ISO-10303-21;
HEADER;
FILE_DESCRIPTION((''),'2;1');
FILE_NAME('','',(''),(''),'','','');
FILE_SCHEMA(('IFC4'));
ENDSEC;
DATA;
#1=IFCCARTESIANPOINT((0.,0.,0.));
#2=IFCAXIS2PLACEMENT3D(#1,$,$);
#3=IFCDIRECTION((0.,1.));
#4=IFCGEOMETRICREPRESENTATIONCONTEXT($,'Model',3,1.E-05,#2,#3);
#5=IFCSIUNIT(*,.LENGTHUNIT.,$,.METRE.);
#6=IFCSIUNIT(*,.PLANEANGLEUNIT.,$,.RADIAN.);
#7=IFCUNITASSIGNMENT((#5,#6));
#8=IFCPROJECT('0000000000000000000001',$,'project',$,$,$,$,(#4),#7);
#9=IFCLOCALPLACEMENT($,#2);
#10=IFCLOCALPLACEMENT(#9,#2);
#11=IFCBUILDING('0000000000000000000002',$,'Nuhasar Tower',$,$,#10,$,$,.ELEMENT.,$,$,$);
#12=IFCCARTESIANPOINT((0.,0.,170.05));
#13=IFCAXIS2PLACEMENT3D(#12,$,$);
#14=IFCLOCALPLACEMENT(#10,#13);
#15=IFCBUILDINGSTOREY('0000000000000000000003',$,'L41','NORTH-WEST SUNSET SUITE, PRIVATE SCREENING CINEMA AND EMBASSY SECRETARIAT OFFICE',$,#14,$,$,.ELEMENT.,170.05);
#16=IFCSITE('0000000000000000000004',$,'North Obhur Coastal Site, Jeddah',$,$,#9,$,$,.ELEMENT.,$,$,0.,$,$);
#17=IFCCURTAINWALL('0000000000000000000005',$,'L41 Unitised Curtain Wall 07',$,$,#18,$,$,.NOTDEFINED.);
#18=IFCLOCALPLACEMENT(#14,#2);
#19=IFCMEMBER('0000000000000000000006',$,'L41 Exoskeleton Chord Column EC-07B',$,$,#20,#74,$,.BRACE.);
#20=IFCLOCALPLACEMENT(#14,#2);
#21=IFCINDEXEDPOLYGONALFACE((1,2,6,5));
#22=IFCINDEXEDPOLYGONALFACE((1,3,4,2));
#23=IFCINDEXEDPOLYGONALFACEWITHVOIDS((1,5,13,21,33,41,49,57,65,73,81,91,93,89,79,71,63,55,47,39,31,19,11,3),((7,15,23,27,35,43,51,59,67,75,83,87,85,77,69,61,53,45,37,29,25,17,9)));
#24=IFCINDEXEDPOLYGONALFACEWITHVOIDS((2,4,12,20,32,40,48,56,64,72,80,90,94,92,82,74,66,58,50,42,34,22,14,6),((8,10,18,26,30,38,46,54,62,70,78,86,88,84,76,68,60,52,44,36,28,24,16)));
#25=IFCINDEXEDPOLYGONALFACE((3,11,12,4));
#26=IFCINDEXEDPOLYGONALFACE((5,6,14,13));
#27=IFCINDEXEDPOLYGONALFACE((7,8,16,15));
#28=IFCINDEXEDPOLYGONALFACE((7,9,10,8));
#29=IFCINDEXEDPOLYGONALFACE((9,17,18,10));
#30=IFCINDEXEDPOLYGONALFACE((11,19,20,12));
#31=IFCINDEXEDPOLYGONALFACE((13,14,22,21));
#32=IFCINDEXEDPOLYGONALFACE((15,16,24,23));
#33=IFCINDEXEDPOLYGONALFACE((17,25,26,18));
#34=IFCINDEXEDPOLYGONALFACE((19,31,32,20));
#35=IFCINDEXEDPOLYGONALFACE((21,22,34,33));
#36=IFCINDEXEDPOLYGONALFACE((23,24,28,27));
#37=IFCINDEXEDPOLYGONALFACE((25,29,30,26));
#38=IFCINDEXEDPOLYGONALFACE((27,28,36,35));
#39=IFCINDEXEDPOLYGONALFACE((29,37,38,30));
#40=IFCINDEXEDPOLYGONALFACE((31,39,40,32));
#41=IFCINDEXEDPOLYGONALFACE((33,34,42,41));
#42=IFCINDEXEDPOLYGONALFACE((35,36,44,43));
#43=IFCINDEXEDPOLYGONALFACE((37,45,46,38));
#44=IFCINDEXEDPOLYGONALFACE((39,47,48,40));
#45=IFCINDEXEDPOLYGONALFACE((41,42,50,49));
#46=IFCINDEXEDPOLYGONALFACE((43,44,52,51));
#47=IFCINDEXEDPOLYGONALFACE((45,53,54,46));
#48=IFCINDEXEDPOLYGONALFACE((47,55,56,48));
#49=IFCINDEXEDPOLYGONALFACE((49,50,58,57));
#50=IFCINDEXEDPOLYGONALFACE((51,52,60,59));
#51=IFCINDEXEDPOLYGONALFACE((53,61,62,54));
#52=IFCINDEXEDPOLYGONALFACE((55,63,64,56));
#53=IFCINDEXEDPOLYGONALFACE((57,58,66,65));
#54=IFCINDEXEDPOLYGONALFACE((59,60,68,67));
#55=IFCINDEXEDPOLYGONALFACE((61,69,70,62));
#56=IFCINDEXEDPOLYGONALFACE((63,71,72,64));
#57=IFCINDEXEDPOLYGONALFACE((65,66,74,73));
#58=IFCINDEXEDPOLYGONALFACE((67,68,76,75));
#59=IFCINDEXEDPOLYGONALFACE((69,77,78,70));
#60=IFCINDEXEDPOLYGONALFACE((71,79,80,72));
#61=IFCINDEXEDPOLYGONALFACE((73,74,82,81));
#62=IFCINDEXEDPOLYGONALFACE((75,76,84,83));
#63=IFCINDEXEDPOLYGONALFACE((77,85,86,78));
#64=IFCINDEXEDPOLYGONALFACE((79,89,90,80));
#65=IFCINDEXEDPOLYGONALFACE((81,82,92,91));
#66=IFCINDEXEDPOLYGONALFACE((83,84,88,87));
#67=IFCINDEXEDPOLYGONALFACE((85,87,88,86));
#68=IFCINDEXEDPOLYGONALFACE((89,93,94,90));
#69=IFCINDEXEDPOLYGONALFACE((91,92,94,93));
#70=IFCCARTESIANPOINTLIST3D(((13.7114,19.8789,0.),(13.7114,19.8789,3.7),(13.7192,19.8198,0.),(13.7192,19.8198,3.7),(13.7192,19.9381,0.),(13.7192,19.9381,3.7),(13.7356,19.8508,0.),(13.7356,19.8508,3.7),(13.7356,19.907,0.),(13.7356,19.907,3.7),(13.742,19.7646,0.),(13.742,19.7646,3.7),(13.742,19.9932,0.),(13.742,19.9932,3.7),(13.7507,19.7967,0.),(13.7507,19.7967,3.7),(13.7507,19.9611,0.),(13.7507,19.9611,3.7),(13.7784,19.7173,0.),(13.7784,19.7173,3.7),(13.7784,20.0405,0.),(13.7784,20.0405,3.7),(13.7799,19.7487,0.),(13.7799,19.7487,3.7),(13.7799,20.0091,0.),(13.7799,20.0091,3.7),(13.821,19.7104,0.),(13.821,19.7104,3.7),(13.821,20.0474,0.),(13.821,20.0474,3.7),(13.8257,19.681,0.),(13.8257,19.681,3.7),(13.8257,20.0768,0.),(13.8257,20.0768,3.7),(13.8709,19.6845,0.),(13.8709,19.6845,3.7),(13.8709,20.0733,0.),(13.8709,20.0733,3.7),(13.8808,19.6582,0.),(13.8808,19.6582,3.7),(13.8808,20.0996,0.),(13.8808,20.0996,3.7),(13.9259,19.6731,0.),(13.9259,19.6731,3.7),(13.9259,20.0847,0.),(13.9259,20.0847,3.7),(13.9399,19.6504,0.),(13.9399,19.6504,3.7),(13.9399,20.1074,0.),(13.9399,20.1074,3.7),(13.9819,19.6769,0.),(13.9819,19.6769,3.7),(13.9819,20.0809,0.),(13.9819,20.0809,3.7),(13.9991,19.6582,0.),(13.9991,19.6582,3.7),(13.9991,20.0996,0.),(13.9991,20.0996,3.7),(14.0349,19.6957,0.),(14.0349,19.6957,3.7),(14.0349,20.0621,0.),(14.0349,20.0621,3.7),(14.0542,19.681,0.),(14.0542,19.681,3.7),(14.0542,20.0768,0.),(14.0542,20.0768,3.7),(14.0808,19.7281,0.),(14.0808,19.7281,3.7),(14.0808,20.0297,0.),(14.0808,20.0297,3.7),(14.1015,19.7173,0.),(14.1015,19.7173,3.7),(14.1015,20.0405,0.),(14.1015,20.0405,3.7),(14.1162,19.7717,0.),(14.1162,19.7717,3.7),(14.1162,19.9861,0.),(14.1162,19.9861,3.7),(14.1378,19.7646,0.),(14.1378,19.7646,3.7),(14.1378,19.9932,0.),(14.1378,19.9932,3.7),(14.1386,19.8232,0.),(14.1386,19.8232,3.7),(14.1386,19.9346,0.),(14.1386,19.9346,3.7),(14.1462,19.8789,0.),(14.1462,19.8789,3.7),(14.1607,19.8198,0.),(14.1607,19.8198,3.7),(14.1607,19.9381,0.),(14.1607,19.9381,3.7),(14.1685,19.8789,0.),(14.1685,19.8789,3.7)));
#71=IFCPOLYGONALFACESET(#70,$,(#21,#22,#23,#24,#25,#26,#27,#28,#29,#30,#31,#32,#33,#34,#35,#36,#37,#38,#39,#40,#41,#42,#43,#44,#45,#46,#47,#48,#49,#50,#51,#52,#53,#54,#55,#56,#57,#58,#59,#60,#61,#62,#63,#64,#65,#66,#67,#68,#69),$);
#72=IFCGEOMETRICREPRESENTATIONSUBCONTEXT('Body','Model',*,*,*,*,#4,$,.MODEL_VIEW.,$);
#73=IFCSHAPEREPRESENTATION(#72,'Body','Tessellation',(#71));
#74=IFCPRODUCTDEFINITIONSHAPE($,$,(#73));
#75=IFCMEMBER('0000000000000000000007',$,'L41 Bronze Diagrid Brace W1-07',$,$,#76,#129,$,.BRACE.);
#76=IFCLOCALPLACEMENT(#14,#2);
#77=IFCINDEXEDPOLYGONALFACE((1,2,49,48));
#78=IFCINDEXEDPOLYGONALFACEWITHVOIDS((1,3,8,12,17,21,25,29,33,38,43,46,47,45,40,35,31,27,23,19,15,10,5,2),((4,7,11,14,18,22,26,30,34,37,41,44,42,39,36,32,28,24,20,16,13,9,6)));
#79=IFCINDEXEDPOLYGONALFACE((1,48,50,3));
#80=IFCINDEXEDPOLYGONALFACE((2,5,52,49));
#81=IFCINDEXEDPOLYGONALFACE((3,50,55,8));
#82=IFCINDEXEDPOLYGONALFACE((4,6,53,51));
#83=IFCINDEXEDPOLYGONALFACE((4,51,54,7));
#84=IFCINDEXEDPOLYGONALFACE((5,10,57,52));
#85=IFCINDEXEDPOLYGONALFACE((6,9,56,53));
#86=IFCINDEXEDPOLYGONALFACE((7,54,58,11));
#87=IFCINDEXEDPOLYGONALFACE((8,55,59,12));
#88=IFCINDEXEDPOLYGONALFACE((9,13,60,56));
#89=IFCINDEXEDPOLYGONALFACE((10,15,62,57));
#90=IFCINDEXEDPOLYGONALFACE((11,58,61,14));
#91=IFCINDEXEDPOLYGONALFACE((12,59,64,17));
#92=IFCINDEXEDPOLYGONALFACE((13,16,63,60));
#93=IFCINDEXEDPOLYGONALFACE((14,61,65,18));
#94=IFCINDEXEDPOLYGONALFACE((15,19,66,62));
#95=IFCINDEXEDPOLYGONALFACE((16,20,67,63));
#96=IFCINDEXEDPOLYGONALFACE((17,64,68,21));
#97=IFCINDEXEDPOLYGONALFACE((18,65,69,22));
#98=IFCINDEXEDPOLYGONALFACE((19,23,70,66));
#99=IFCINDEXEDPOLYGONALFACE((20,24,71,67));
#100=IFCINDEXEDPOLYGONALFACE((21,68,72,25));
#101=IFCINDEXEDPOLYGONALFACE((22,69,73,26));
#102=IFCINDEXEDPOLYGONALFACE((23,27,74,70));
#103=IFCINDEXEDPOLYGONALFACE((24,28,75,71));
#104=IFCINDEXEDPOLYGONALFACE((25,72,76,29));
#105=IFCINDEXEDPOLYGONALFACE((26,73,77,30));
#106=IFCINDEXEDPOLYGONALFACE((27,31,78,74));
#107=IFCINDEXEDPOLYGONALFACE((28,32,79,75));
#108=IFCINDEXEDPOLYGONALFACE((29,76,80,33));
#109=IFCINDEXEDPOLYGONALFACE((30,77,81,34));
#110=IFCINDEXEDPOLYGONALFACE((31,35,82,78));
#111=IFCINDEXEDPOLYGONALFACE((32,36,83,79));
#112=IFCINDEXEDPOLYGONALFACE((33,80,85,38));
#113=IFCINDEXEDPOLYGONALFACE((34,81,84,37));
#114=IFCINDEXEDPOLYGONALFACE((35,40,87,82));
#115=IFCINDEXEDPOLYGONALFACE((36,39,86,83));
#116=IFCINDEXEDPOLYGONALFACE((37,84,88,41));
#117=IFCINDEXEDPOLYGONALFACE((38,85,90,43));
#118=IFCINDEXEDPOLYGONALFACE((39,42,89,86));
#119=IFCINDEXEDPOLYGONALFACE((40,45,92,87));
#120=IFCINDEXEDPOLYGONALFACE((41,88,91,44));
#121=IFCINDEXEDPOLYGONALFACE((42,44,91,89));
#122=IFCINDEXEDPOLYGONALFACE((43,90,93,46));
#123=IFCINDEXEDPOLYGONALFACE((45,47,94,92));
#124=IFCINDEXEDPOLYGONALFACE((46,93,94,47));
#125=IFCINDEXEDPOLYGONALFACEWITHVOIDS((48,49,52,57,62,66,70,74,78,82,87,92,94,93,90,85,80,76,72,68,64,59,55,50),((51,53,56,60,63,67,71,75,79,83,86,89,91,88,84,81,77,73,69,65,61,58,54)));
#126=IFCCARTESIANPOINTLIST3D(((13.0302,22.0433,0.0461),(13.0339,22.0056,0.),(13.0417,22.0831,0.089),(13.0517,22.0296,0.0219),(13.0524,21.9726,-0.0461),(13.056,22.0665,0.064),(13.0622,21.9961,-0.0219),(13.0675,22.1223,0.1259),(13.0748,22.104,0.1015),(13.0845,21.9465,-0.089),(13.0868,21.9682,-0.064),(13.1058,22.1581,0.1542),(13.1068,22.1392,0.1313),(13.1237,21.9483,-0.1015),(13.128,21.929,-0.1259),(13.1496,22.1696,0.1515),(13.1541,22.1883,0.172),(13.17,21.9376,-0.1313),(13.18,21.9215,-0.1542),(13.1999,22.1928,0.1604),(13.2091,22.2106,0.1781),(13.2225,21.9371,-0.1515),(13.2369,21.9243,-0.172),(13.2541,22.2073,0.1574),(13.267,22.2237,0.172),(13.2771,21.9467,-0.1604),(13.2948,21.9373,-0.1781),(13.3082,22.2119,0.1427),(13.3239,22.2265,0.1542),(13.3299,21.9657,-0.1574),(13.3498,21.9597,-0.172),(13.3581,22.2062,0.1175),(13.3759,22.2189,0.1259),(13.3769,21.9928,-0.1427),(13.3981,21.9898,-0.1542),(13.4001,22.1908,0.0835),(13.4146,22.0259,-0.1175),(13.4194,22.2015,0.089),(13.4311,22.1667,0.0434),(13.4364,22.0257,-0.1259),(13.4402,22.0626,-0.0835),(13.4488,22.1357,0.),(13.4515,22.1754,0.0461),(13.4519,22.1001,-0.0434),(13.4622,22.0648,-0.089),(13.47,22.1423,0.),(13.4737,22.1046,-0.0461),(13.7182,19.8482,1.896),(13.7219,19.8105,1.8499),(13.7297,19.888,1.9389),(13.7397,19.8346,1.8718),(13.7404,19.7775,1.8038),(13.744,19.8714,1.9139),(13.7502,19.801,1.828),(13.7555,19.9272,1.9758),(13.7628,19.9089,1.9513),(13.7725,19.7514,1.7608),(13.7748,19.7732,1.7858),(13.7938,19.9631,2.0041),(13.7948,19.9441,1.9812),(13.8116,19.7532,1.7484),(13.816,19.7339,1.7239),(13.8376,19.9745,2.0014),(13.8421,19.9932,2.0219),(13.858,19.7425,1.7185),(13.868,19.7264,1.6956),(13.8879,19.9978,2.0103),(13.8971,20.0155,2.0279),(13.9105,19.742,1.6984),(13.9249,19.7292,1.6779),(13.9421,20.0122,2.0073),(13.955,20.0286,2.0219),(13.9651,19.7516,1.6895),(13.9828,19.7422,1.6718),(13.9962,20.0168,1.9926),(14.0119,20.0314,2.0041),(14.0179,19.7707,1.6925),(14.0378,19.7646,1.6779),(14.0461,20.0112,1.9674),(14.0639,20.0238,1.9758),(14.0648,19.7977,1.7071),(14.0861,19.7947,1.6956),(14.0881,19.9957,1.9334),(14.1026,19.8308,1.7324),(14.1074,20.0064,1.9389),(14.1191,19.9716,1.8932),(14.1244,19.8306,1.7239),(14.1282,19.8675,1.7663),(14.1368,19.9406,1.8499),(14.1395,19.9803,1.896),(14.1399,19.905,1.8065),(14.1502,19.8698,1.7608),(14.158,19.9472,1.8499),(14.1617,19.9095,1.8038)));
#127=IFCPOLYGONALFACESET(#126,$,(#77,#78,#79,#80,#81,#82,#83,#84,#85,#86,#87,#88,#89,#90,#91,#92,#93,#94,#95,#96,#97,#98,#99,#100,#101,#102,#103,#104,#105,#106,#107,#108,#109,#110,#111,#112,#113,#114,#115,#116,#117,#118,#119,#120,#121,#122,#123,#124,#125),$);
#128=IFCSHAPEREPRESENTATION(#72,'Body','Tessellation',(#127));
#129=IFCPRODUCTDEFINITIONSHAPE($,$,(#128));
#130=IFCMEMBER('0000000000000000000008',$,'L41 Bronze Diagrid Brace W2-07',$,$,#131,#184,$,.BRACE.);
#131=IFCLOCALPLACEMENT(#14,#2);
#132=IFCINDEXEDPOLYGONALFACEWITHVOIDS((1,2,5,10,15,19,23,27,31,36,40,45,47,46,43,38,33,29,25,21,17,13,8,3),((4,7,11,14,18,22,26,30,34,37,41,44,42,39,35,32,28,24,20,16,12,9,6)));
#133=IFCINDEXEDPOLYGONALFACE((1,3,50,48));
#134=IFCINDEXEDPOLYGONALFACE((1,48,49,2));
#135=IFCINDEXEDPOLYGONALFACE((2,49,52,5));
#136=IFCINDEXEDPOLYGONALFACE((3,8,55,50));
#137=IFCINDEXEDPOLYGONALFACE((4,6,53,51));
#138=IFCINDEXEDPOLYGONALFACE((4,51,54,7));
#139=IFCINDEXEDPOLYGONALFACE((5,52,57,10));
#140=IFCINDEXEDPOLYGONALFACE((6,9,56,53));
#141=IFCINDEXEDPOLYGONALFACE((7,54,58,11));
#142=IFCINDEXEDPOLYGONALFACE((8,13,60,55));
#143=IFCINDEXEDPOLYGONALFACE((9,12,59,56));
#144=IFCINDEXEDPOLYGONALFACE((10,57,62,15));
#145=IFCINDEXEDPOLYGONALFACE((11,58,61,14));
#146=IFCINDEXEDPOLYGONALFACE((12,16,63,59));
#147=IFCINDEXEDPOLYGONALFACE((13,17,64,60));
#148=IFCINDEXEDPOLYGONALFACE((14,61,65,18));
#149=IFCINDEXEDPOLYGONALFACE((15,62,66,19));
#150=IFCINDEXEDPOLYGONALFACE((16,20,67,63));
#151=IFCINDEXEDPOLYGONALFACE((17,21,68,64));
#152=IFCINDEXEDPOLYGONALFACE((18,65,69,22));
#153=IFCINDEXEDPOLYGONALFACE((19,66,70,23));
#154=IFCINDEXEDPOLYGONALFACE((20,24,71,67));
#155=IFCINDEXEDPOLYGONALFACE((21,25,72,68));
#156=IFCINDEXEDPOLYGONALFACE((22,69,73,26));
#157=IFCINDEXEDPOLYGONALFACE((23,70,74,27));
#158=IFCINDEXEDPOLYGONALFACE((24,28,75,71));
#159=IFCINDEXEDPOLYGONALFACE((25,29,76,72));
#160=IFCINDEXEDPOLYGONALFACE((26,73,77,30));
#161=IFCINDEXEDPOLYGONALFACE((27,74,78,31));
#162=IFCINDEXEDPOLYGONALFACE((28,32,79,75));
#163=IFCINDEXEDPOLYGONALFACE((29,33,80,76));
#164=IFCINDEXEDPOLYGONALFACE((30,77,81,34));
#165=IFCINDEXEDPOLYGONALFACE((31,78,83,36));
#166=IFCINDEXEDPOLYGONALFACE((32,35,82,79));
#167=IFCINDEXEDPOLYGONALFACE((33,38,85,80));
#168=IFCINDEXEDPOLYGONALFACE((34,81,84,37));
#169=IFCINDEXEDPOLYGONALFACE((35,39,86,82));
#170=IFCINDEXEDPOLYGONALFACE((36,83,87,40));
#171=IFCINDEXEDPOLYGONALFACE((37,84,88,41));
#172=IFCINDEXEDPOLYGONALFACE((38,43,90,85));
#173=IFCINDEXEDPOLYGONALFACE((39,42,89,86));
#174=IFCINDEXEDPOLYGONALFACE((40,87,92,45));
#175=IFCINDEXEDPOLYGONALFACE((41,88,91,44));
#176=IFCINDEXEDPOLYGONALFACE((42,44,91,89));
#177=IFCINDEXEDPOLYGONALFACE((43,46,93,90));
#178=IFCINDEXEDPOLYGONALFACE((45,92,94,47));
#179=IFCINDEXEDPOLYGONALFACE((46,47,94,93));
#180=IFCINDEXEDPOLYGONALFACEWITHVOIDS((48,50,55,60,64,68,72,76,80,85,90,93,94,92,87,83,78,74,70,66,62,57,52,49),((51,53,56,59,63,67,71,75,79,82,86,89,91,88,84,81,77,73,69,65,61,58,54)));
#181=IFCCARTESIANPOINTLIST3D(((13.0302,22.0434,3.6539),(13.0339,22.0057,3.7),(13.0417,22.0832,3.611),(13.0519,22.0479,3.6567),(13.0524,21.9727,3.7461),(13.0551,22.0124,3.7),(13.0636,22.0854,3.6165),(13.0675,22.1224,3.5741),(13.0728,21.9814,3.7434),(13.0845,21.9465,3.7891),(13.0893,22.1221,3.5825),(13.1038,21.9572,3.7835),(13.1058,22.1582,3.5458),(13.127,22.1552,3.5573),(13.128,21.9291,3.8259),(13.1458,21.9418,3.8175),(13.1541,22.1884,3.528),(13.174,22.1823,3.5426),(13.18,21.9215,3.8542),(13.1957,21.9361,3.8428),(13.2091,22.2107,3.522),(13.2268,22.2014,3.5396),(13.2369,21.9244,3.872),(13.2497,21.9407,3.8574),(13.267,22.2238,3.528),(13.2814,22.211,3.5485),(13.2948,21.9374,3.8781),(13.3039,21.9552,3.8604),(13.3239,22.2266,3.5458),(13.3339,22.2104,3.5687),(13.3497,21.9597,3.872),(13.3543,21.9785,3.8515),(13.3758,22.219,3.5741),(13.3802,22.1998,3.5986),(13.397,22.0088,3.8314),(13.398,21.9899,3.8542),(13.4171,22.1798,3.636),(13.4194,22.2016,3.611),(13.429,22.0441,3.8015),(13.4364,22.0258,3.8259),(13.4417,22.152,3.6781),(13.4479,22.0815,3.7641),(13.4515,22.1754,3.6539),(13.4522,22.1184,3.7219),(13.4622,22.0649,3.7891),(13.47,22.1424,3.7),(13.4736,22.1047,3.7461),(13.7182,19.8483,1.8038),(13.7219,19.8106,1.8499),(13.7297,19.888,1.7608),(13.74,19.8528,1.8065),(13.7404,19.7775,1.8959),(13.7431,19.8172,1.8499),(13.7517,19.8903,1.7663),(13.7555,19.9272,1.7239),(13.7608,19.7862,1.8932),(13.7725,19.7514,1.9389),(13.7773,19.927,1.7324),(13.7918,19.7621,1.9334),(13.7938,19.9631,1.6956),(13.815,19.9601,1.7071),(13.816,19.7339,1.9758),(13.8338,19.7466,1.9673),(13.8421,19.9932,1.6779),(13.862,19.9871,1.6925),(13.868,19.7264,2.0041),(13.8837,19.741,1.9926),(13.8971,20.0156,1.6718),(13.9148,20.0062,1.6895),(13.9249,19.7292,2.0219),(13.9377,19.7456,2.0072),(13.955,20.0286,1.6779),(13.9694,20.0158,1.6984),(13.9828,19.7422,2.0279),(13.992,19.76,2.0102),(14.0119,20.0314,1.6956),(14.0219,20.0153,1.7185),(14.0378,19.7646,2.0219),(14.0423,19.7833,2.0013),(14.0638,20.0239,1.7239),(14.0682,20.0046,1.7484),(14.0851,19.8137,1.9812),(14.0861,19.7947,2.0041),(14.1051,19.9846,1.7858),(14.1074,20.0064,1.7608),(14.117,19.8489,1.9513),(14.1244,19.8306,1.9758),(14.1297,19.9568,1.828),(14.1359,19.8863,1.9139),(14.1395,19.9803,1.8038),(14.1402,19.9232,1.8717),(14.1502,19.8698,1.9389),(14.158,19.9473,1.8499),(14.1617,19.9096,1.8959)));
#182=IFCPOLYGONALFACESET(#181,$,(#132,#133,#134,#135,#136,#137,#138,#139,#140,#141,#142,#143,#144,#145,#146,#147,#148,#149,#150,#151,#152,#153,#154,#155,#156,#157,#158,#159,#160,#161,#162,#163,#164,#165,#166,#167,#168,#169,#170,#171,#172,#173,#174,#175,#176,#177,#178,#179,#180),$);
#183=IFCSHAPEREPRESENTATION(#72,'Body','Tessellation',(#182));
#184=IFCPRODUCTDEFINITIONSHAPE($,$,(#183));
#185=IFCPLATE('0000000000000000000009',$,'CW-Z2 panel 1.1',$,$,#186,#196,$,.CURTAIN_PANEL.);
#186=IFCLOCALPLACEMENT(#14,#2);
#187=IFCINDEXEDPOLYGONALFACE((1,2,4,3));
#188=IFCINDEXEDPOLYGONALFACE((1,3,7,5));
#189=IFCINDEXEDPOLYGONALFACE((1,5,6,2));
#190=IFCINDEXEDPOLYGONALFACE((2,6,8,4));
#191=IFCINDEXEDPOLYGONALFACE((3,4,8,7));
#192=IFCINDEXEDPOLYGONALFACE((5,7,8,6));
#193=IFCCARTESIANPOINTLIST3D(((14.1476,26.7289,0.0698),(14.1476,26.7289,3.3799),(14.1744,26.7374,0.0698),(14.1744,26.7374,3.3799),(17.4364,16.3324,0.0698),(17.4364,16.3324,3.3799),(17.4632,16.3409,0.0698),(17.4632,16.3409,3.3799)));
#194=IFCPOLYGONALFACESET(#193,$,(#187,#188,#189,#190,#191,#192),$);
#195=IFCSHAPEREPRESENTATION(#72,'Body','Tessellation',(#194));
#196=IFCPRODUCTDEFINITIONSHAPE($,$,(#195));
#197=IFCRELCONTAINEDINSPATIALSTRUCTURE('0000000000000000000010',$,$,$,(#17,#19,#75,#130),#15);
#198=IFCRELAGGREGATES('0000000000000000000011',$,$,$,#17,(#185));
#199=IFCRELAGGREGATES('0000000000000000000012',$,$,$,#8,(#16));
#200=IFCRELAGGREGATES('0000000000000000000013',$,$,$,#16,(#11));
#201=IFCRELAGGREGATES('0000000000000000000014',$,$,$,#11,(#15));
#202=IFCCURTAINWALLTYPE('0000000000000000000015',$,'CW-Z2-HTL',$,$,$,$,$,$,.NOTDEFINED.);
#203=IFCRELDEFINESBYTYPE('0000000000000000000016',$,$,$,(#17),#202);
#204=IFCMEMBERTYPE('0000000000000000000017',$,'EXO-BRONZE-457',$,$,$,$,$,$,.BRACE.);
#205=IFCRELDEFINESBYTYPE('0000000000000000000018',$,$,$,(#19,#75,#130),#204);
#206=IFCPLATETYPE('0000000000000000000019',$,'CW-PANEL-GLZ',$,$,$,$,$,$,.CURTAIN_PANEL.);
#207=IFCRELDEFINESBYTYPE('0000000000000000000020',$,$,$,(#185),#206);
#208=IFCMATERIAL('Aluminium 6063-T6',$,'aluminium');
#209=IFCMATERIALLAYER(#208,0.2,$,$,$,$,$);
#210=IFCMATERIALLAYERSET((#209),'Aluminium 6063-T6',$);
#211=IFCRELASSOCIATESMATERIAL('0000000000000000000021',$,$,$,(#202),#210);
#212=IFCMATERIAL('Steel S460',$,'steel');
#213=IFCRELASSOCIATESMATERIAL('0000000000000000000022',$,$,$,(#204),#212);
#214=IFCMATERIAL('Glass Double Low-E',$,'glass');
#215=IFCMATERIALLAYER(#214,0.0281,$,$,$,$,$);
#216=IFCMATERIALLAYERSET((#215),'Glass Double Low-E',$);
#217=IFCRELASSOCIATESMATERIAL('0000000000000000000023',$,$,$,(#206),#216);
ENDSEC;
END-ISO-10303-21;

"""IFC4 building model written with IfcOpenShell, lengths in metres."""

from ifc_helpers import new_model, si_unit, direction, frame, origin, origin_2d, place, context, subcontext, project, spatial, rectangle, hollow_circle, extrude, material, layer, layer_set, material_profile, profile_set, type_object, element, aggregate, save


model = new_model("IFC4")

# Units and contexts
model_context = context("Model", 3, precision=1e-05, world=origin(), true_north=direction((0.0, 1.0)))
body_context = subcontext(model_context, "Body", "Model", "MODEL_VIEW")
ifc_project = project(units=[si_unit("LENGTHUNIT", "METRE"), si_unit("PLANEANGLEUNIT", "RADIAN")], contexts=[model_context])

# Site, building, storey
site_placement = place(None, origin())
site = spatial("IfcSite", under=ifc_project, at=site_placement, Name="North Obhur Coastal Site, Jeddah", CompositionType="ELEMENT", RefElevation=0.0)
building_placement = place(site_placement, origin())
building = spatial("IfcBuilding", under=site, at=building_placement, Name="Nuhasar Tower", CompositionType="ELEMENT")
storey_placement = place(building_placement, frame((0.0, 0.0, 170.05)))
storey = spatial("IfcBuildingStorey", under=building, at=storey_placement, Name="L41", Description="NORTH-WEST SUNSET SUITE, PRIVATE SCREENING CINEMA AND EMBASSY SECRETARIAT OFFICE", CompositionType="ELEMENT", Elevation=170.05)

# Curtain wall
ifc_material_1 = material(Name="Aluminium 6063-T6", Category="aluminium")
ifc_layer_1 = layer(ifc_material_1, 0.2)
ifc_layer_set_1 = layer_set([ifc_layer_1], Name="Aluminium 6063-T6")
curtain_wall_type = type_object("IfcCurtainWallType", Name="CW-Z2-HTL", PredefinedType="NOTDEFINED", material=ifc_layer_set_1)
curtain_wall_1_placement = place(storey_placement, origin())
curtain_wall_1 = element("IfcCurtainWall", 1, at=curtain_wall_1_placement, inside=storey, type_object=curtain_wall_type, Name="L41 Unitised Curtain Wall 07", PredefinedType="NOTDEFINED")

# Members
ifc_material_2 = material(Name="Steel S460", Category="steel")
ifc_material_profile_1 = material_profile(ifc_material_2, hollow_circle(Radius=0.2285, WallThickness=0.0222, at=origin_2d()), Name="HSS457X22.2")
ifc_profile_set_1 = profile_set([ifc_material_profile_1], Name="Steel S460")
member_type_1 = type_object("IfcMemberType", Name="EXO-BRONZE-457", PredefinedType="BRACE", material=ifc_profile_set_1)
for number, where, z_axis, x_axis, name in (
    (2, (13.9399, 19.8789, 0.0), (0.0, 0.0, 1.0), (1.0, 0.0, 0.0), "L41 Exoskeleton Chord Column EC-07B"),
):
    element("IfcMember", number, at=place(storey_placement, frame(where, z_axis=z_axis, x_axis=x_axis)), inside=storey, type_object=member_type_1, Name=name, PredefinedType="BRACE", context=body_context, shape_type="SweptSolid", body=[
        extrude(hollow_circle(Radius=0.2285, WallThickness=0.0222, at=origin_2d()), origin(), (0.0, 0.0, 1.0), 3.7),
    ])
member_1_placement = place(storey_placement, frame((13.252, 22.074, 0.0), z_axis=(0.233068, -0.743616, 0.626669), x_axis=(0.954228, 0.299079, 0.0)))
element("IfcMember", 3, at=member_1_placement, inside=storey, type_object=member_type_1, Name="L41 Bronze Diagrid Brace W1-07", PredefinedType="BRACE", context=body_context, shape_type="SweptSolid", body=[
    extrude(hollow_circle(Radius=0.2285, WallThickness=0.0222, at=origin_2d()), origin(), (0.0, 0.0, 1.0), 2.9519),
])
member_2_placement = place(storey_placement, frame((13.9399, 19.8789, 1.8499), z_axis=(-0.233056, 0.743578, 0.626719), x_axis=(-0.954228, -0.299079, 0.0)))
element("IfcMember", 4, at=member_2_placement, inside=storey, type_object=member_type_1, Name="L41 Bronze Diagrid Brace W2-07", PredefinedType="BRACE", context=body_context, shape_type="SweptSolid", body=[
    extrude(hollow_circle(Radius=0.2285, WallThickness=0.0222, at=origin_2d()), origin(), (0.0, 0.0, 1.0), 2.9521),
])

# Plate
ifc_material_3 = material(Name="Glass Double Low-E", Category="glass")
ifc_layer_2 = layer(ifc_material_3, 0.0281)
ifc_layer_set_2 = layer_set([ifc_layer_2], Name="Glass Double Low-E")
plate_type = type_object("IfcPlateType", Name="CW-PANEL-GLZ", PredefinedType="CURTAIN_PANEL", material=ifc_layer_set_2)
plate_placement = place(storey_placement, frame((15.8054, 21.5349, 0.0698), z_axis=(0.0, 0.0, 1.0), x_axis=(0.301604, -0.953433, 0.0)))
plate = element("IfcPlate", 5, at=plate_placement, type_object=plate_type, Name="CW-Z2 panel 1.1", PredefinedType="CURTAIN_PANEL", context=body_context, shape_type="SweptSolid", body=[
    extrude(rectangle(XDim=10.9043, YDim=0.0281, at=origin_2d()), origin(), (0.0, 0.0, 1.0), 3.3101),
])
aggregate(curtain_wall_1, [plate])

save(model, "model.ifc")
